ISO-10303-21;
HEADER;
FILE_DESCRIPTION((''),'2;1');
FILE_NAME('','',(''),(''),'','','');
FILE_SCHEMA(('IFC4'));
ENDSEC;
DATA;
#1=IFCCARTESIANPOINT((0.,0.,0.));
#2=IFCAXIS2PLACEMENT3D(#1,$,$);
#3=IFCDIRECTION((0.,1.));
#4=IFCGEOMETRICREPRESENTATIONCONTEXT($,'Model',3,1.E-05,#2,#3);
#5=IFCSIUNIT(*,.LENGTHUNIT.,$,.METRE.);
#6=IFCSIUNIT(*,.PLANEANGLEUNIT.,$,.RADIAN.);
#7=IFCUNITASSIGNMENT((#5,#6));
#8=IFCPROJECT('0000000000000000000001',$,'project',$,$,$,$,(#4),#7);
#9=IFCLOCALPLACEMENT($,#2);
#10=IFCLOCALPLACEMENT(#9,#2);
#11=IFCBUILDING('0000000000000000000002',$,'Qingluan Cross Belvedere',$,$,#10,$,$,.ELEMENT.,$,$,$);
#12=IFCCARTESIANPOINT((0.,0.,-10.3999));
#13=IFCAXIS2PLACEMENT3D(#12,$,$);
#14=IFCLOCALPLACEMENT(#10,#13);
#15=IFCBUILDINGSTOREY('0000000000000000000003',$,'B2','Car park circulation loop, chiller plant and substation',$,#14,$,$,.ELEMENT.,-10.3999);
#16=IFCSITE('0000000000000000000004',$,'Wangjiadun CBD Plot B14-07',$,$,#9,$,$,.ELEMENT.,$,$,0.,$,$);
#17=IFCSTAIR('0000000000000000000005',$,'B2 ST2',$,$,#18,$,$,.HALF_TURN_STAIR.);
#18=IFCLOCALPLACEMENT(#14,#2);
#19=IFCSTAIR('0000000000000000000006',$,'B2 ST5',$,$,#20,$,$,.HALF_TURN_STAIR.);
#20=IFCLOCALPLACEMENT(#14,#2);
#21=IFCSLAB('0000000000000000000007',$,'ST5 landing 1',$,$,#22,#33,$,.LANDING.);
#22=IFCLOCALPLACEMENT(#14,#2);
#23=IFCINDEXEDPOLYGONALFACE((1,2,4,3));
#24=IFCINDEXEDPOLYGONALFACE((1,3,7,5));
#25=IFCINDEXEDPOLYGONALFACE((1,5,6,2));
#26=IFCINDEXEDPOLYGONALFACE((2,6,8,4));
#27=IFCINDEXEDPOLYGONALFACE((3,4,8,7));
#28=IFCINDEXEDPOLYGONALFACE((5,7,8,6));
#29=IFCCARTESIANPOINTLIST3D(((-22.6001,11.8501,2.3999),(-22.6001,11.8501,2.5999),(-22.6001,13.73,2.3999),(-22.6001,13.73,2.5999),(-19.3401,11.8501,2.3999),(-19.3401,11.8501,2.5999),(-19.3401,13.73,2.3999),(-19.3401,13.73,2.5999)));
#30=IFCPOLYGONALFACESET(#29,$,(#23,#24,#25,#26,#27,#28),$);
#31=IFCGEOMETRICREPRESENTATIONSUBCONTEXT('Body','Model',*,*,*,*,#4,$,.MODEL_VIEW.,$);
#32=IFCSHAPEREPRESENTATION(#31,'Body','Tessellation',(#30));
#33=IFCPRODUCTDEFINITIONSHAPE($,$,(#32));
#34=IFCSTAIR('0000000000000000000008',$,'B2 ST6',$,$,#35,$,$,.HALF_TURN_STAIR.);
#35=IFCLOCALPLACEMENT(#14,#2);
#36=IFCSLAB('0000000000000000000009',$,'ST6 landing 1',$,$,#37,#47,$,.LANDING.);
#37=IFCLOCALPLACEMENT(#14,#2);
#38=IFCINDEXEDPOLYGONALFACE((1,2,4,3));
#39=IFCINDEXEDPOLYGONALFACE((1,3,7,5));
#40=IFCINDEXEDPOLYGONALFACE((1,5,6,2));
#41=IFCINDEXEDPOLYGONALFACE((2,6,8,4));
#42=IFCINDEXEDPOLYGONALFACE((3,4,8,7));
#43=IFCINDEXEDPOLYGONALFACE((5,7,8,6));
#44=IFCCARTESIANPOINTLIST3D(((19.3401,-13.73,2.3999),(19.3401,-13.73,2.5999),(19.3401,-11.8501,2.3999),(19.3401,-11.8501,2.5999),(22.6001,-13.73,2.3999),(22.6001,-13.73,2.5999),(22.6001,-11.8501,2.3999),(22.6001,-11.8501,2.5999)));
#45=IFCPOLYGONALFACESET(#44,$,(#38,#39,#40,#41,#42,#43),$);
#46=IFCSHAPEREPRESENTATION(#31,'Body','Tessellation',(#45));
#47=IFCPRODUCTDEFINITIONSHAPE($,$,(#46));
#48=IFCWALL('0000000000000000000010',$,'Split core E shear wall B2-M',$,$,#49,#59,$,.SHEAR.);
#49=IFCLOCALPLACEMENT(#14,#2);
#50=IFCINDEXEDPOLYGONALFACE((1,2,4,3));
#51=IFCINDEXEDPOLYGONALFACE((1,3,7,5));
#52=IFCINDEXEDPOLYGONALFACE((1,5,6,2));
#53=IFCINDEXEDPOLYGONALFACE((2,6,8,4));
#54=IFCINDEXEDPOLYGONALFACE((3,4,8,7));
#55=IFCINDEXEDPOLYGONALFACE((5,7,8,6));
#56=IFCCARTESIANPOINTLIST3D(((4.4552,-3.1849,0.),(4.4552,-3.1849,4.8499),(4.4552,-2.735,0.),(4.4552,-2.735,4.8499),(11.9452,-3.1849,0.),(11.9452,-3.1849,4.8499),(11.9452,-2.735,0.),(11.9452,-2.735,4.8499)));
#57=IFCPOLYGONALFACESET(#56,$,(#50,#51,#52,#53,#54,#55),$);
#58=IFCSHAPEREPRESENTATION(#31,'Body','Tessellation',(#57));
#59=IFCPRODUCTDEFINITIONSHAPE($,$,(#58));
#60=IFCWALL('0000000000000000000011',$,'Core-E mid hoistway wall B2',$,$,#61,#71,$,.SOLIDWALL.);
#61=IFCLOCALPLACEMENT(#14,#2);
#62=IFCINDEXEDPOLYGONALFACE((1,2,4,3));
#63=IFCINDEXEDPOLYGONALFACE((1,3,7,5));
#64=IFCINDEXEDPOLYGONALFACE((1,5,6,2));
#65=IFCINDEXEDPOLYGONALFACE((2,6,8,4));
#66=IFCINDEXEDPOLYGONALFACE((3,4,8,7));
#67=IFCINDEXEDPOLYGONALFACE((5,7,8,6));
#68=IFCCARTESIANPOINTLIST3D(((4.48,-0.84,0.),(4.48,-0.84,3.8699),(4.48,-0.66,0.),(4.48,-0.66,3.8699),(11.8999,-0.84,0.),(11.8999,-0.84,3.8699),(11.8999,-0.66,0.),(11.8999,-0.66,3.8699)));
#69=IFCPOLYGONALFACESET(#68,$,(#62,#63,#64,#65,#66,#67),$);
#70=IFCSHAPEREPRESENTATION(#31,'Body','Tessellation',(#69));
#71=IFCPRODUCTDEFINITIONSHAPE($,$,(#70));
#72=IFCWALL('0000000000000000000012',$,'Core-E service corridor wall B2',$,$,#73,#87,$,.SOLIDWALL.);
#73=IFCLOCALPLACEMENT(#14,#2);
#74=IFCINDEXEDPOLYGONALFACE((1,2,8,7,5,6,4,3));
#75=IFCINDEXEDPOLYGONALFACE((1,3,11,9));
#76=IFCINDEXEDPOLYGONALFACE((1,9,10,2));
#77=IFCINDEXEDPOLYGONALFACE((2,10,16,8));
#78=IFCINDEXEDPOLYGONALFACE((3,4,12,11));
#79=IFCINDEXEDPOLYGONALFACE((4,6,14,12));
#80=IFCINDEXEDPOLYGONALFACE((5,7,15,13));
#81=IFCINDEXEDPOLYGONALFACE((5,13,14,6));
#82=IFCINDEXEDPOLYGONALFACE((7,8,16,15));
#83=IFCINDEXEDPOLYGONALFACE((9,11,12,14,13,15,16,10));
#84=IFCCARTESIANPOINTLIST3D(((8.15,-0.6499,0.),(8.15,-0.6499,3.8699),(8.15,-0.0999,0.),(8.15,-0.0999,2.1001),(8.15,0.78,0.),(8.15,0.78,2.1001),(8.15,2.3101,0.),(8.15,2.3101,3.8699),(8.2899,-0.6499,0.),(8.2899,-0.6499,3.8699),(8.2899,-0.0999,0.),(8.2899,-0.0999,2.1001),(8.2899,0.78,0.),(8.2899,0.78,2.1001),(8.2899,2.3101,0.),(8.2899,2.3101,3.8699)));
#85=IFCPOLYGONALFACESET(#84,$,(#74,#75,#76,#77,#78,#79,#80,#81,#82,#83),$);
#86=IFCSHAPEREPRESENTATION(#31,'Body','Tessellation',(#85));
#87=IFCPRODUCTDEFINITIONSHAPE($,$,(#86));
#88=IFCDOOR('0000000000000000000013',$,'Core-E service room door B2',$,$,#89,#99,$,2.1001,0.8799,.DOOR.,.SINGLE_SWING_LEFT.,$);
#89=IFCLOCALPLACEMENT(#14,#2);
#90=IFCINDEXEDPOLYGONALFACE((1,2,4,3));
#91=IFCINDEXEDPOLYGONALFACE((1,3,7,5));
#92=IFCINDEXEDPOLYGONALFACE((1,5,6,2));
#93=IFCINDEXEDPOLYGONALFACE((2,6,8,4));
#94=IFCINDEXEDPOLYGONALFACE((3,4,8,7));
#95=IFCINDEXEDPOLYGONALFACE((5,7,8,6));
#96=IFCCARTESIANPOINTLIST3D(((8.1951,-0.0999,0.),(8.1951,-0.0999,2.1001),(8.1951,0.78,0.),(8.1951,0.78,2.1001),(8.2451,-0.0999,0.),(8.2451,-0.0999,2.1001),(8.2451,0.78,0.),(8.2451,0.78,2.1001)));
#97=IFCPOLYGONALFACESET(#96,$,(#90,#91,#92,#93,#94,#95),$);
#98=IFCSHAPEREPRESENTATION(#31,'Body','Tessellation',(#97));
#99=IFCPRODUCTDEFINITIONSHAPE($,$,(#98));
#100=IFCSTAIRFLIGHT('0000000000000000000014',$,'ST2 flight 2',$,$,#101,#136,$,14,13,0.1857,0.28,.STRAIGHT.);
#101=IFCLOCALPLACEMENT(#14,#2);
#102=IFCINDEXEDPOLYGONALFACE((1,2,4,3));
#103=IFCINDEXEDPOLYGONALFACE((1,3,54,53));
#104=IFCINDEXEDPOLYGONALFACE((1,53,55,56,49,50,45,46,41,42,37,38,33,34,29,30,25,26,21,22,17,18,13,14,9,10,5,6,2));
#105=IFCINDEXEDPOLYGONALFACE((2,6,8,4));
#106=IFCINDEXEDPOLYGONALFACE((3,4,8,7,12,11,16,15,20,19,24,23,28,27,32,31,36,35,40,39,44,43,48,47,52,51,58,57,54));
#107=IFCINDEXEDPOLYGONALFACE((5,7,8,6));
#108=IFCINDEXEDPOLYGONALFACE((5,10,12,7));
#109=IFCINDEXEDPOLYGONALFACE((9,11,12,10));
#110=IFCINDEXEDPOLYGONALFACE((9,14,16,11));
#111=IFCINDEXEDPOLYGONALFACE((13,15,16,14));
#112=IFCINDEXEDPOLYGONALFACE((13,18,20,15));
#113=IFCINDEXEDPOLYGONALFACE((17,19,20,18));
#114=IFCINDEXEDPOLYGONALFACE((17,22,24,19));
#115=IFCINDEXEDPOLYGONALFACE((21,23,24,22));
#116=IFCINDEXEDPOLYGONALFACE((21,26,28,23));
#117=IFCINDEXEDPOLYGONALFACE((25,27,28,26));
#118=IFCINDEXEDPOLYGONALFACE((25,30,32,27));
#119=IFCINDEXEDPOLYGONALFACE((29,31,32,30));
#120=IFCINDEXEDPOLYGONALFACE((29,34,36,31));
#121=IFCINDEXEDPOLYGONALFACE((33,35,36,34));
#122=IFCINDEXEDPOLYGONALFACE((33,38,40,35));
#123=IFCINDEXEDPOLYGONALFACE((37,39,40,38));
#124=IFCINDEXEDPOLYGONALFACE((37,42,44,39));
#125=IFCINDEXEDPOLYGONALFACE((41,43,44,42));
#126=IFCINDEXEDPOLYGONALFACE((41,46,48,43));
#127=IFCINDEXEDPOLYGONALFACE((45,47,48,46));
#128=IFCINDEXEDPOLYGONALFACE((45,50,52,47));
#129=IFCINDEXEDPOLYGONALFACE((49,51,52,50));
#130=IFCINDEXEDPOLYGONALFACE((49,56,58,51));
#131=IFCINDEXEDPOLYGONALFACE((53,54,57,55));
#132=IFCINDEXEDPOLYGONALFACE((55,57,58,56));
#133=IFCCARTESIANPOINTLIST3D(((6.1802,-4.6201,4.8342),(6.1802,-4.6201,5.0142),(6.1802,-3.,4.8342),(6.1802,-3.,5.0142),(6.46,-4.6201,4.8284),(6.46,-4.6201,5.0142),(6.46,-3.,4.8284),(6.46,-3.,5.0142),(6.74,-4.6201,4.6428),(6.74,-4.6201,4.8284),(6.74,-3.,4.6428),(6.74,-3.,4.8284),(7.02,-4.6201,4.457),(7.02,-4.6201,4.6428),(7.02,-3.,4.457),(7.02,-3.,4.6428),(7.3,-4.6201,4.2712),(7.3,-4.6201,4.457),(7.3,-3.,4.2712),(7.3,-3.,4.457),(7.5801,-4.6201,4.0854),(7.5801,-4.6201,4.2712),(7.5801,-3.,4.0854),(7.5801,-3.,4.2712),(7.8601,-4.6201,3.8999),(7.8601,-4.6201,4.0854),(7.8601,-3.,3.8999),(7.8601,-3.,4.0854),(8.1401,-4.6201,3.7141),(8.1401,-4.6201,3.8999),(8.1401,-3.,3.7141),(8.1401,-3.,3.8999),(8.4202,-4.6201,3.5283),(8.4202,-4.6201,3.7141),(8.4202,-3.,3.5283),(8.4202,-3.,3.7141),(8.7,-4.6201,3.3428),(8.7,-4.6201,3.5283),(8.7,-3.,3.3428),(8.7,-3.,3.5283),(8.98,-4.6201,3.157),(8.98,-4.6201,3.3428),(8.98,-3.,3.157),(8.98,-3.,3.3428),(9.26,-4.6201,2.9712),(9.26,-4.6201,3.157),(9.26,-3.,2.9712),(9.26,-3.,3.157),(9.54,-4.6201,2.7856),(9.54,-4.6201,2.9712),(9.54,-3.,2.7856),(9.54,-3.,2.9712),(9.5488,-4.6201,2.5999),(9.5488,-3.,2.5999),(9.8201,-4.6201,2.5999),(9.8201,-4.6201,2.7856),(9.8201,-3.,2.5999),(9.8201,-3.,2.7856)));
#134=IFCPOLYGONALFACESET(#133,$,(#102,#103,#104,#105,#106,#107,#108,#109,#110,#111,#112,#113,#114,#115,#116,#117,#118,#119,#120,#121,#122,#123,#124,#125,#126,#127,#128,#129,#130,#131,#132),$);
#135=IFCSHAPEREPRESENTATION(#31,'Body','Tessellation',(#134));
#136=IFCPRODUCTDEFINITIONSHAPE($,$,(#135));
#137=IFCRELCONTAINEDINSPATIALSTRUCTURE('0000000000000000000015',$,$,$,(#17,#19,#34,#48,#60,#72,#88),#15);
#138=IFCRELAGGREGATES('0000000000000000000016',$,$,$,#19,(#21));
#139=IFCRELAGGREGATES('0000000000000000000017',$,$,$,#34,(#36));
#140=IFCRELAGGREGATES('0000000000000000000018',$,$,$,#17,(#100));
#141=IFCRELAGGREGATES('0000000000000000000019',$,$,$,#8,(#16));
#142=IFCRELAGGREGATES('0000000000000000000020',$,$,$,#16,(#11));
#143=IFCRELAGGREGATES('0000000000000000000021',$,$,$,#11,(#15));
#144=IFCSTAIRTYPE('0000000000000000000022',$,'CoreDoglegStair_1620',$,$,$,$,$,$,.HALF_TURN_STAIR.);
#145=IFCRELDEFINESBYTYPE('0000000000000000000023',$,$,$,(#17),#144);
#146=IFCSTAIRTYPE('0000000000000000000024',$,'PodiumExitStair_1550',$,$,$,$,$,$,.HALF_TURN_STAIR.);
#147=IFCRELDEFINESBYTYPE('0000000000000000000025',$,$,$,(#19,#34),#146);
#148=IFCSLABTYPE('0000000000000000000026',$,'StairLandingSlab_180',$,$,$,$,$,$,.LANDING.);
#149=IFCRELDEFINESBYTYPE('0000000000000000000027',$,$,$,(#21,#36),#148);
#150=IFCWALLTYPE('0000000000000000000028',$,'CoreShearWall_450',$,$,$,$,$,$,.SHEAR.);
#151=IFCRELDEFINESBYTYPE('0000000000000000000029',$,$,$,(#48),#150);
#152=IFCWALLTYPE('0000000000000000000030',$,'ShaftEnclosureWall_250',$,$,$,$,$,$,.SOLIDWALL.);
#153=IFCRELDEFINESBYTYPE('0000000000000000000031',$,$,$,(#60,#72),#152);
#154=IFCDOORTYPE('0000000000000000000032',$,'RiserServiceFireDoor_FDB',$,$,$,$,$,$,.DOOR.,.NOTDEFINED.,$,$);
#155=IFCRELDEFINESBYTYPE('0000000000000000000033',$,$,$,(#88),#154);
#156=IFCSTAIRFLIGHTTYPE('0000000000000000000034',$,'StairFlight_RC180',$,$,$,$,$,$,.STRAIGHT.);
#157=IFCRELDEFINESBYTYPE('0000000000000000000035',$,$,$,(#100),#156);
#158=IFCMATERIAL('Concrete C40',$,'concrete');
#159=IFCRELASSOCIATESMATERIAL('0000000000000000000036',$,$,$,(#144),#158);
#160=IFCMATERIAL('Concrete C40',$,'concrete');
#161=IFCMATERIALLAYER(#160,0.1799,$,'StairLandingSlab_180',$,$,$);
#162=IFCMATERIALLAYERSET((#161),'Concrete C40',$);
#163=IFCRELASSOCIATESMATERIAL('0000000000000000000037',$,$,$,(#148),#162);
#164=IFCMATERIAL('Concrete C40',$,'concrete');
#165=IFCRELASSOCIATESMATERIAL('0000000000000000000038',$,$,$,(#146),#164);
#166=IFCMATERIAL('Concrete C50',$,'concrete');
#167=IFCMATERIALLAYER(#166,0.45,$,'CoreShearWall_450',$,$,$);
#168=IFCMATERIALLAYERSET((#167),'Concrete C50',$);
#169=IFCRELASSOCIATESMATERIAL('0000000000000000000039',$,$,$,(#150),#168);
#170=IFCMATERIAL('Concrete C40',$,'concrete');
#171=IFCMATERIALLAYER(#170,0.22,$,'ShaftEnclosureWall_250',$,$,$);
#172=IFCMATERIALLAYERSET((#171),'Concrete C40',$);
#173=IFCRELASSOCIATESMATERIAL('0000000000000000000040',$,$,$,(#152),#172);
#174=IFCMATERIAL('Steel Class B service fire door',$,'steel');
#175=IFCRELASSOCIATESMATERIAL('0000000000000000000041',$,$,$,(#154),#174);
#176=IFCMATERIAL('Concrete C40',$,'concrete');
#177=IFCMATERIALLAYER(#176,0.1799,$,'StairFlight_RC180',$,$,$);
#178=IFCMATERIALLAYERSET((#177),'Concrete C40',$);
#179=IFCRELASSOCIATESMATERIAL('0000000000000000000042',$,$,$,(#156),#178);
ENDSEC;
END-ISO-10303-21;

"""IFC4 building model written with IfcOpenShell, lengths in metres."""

from ifc_helpers import new_model, si_unit, direction, frame, frame_2d, origin, place, context, subcontext, project, spatial, polyline, rectangle, outline, extrude, material, layer, layer_set, type_object, element, fill, aggregate, save


model = new_model("IFC4")

# Units and contexts
model_context = context("Model", 3, precision=1e-05, world=origin(), true_north=direction((0.0, 1.0)))
body_context = subcontext(model_context, "Body", "Model", "MODEL_VIEW")
ifc_project = project(units=[si_unit("LENGTHUNIT", "METRE"), si_unit("PLANEANGLEUNIT", "RADIAN")], contexts=[model_context])

# Site, building, storey
site_placement = place(None, origin())
site = spatial("IfcSite", under=ifc_project, at=site_placement, Name="Wangjiadun CBD Plot B14-07", CompositionType="ELEMENT", RefElevation=0.0)
building_placement = place(site_placement, origin())
building = spatial("IfcBuilding", under=site, at=building_placement, Name="Qingluan Cross Belvedere", CompositionType="ELEMENT")
storey_placement = place(building_placement, frame((0.0, 0.0, -10.3999)))
storey = spatial("IfcBuildingStorey", under=building, at=storey_placement, Name="B2", Description="Car park circulation loop, chiller plant and substation", CompositionType="ELEMENT", Elevation=-10.3999)

# Stairs, slabs
ifc_material_1 = material(Name="Concrete C40", Category="concrete")
stair_type_1 = type_object("IfcStairType", Name="CoreDoglegStair_1620", PredefinedType="HALF_TURN_STAIR", material=ifc_material_1)
ifc_material_2 = material(Name="Concrete C40", Category="concrete")
ifc_layer_1 = layer(ifc_material_2, 0.1799, Name="StairLandingSlab_180")
ifc_layer_set_1 = layer_set([ifc_layer_1], Name="Concrete C40")
slab_type = type_object("IfcSlabType", Name="StairLandingSlab_180", PredefinedType="LANDING", material=ifc_layer_set_1)
stair_1_placement = place(storey_placement, origin())
stair_1 = element("IfcStair", 1, at=stair_1_placement, inside=storey, type_object=stair_type_1, Name="B2 ST2", PredefinedType="HALF_TURN_STAIR")
ifc_material_3 = material(Name="Concrete C40", Category="concrete")
stair_type_2 = type_object("IfcStairType", Name="PodiumExitStair_1550", PredefinedType="HALF_TURN_STAIR", material=ifc_material_3)
stair_2_placement = place(storey_placement, origin())
stair_2 = element("IfcStair", 2, at=stair_2_placement, inside=storey, type_object=stair_type_2, Name="B2 ST5", PredefinedType="HALF_TURN_STAIR")
slab_1_placement = place(storey_placement, frame((0.0, 0.0, 2.3999)))
slab_1 = element("IfcSlab", 3, at=slab_1_placement, type_object=slab_type, Name="ST5 landing 1", PredefinedType="LANDING", context=body_context, shape_type="SweptSolid", body=[
    extrude(outline(polyline([(-19.3401, 11.8501), (-19.3401, 13.73), (-22.6001, 13.73), (-22.6001, 11.8501), (-19.3401, 11.8501)])), origin(), (0.0, 0.0, 1.0), 0.2),
])
aggregate(stair_2, [slab_1])
stair_3_placement = place(storey_placement, origin())
stair_3 = element("IfcStair", 4, at=stair_3_placement, inside=storey, type_object=stair_type_2, Name="B2 ST6", PredefinedType="HALF_TURN_STAIR")
slab_2_placement = place(storey_placement, frame((0.0, 0.0, 2.3999)))
slab_2 = element("IfcSlab", 5, at=slab_2_placement, type_object=slab_type, Name="ST6 landing 1", PredefinedType="LANDING", context=body_context, shape_type="SweptSolid", body=[
    extrude(outline(polyline([(19.3401, -11.8501), (19.3401, -13.73), (22.6001, -13.73), (22.6001, -11.8501), (19.3401, -11.8501)])), origin(), (0.0, 0.0, 1.0), 0.2),
])
aggregate(stair_3, [slab_2])

# Wall
ifc_material_4 = material(Name="Concrete C50", Category="concrete")
ifc_layer_2 = layer(ifc_material_4, 0.45, Name="CoreShearWall_450")
ifc_layer_set_2 = layer_set([ifc_layer_2], Name="Concrete C50")
wall_type_1 = type_object("IfcWallType", Name="CoreShearWall_450", PredefinedType="SHEAR", material=ifc_layer_set_2)
wall_1_placement = place(storey_placement, frame((4.4551, -2.96, 0.0), z_axis=(0.0, 0.0, 1.0), x_axis=(1.0, 0.0, 0.0)))
element("IfcWall", 6, at=wall_1_placement, inside=storey, type_object=wall_type_1, Name="Split core E shear wall B2-M", PredefinedType="SHEAR", context=body_context, shape_type="SweptSolid", body=[
    extrude(rectangle(XDim=7.49, YDim=0.45, at=frame_2d((3.7451, 0.0))), origin(), (0.0, 0.0, 1.0), 4.8499),
])

# Shared definitions
ifc_material_5 = material(Name="Concrete C40", Category="concrete")
ifc_layer_3 = layer(ifc_material_5, 0.22, Name="ShaftEnclosureWall_250")
ifc_layer_set_3 = layer_set([ifc_layer_3], Name="Concrete C40")
wall_type_2 = type_object("IfcWallType", Name="ShaftEnclosureWall_250", PredefinedType="SOLIDWALL", material=ifc_layer_set_3)

# Wall
wall_2_placement = place(storey_placement, frame((4.48, -0.75, 0.0), z_axis=(0.0, 0.0, 1.0), x_axis=(1.0, 0.0, 0.0)))
element("IfcWall", 7, at=wall_2_placement, inside=storey, type_object=wall_type_2, Name="Core-E mid hoistway wall B2", PredefinedType="SOLIDWALL", context=body_context, shape_type="SweptSolid", body=[
    extrude(rectangle(XDim=7.4199, YDim=0.1799, at=frame_2d((3.71, 0.0))), origin(), (0.0, 0.0, 1.0), 3.8699),
])

# Wall, opening, door
wall_3_placement = place(storey_placement, frame((8.22, -0.6499, 0.0), z_axis=(0.0, 0.0, 1.0), x_axis=(0.0, 1.0, 0.0)))
wall_3 = element("IfcWall", 8, at=wall_3_placement, inside=storey, type_object=wall_type_2, Name="Core-E service corridor wall B2", PredefinedType="SOLIDWALL", context=body_context, shape_type="SweptSolid", body=[
    extrude(rectangle(XDim=2.96, YDim=0.1399, at=frame_2d((1.48, 0.0))), origin(), (0.0, 0.0, 1.0), 3.8699),
])
opening_1_placement = place(wall_3_placement, frame((0.55, 0.0, 0.0)))
opening_1 = element("IfcOpeningElement", 9, at=opening_1_placement, cuts=wall_3, PredefinedType="OPENING", context=body_context, shape_type="SweptSolid", body=[
    extrude(rectangle(XDim=0.8799, YDim=2.1001, at=frame_2d((0.4399, 1.05))), frame((0.0, 0.0798, 0.0), z_axis=(0.0, -1.0, 0.0), x_axis=(1.0, 0.0, 0.0)), (0.0, 0.0, 1.0), 0.1599),
])
ifc_material_6 = material(Name="Steel Class B service fire door", Category="steel")
door_type_1 = type_object("IfcDoorType", Name="RiserServiceFireDoor_FDB", OperationType="NOTDEFINED", PredefinedType="DOOR", material=ifc_material_6)
door_1_placement = place(opening_1_placement, origin())
door_1 = element("IfcDoor", 10, at=door_1_placement, inside=storey, type_object=door_type_1, Name="Core-E service room door B2", OperationType="SINGLE_SWING_LEFT", OverallHeight=2.1001, OverallWidth=0.8799, PredefinedType="DOOR", context=body_context, shape_type="SweptSolid", body=[
    extrude(rectangle(XDim=0.8799, YDim=2.1001, at=frame_2d((0.4399, 1.05))), frame((0.0, 0.0249, 0.0), z_axis=(0.0, -1.0, 0.0), x_axis=(1.0, 0.0, 0.0)), (0.0, 0.0, 1.0), 0.05),
])
fill(opening_1, door_1)

# Stair flight
ifc_material_7 = material(Name="Concrete C40", Category="concrete")
ifc_layer_4 = layer(ifc_material_7, 0.1799, Name="StairFlight_RC180")
ifc_layer_set_4 = layer_set([ifc_layer_4], Name="Concrete C40")
stair_flight_type = type_object("IfcStairFlightType", Name="StairFlight_RC180", PredefinedType="STRAIGHT", material=ifc_layer_set_4)
stair_flight_placement = place(storey_placement, frame((9.8201, -3.8101, 2.5999), z_axis=(0.0, 0.0, 1.0), x_axis=(-1.0, 0.0, 0.0)))
stair_flight = element("IfcStairFlight", 11, at=stair_flight_placement, type_object=stair_flight_type, Name="ST2 flight 2", NumberOfRisers=14, NumberOfTreads=13, PredefinedType="STRAIGHT", RiserHeight=0.1857, TreadLength=0.28, context=body_context, shape_type="SweptSolid", body=[
    extrude(outline(polyline([(0.0, 0.0), (0.0, 0.1858), (0.28, 0.1858), (0.28, 0.3713), (0.5601, 0.3713), (0.5601, 0.5571), (0.8401, 0.5571), (0.8401, 0.7429), (1.1201, 0.7429), (1.1201, 0.9285), (1.3999, 0.9285), (1.3999, 1.1143), (1.6799, 1.1143), (1.6799, 1.3), (1.96, 1.3), (1.96, 1.4856), (2.24, 1.4856), (2.24, 1.6714), (2.52, 1.6714), (2.52, 1.8572), (2.8, 1.8572), (2.8, 2.043), (3.0801, 2.043), (3.0801, 2.2285), (3.3601, 2.2285), (3.3601, 2.4143), (3.6399, 2.4143), (3.6399, 2.6001), (3.6399, 2.2344), (0.2712, 0.0), (0.0, 0.0)])), frame((0.0, 0.8101, 0.0), z_axis=(0.0, -1.0, 0.0), x_axis=(1.0, 0.0, 0.0)), (0.0, 0.0, 1.0), 1.6201),
])
aggregate(stair_1, [stair_flight])

save(model, "model.ifc")
